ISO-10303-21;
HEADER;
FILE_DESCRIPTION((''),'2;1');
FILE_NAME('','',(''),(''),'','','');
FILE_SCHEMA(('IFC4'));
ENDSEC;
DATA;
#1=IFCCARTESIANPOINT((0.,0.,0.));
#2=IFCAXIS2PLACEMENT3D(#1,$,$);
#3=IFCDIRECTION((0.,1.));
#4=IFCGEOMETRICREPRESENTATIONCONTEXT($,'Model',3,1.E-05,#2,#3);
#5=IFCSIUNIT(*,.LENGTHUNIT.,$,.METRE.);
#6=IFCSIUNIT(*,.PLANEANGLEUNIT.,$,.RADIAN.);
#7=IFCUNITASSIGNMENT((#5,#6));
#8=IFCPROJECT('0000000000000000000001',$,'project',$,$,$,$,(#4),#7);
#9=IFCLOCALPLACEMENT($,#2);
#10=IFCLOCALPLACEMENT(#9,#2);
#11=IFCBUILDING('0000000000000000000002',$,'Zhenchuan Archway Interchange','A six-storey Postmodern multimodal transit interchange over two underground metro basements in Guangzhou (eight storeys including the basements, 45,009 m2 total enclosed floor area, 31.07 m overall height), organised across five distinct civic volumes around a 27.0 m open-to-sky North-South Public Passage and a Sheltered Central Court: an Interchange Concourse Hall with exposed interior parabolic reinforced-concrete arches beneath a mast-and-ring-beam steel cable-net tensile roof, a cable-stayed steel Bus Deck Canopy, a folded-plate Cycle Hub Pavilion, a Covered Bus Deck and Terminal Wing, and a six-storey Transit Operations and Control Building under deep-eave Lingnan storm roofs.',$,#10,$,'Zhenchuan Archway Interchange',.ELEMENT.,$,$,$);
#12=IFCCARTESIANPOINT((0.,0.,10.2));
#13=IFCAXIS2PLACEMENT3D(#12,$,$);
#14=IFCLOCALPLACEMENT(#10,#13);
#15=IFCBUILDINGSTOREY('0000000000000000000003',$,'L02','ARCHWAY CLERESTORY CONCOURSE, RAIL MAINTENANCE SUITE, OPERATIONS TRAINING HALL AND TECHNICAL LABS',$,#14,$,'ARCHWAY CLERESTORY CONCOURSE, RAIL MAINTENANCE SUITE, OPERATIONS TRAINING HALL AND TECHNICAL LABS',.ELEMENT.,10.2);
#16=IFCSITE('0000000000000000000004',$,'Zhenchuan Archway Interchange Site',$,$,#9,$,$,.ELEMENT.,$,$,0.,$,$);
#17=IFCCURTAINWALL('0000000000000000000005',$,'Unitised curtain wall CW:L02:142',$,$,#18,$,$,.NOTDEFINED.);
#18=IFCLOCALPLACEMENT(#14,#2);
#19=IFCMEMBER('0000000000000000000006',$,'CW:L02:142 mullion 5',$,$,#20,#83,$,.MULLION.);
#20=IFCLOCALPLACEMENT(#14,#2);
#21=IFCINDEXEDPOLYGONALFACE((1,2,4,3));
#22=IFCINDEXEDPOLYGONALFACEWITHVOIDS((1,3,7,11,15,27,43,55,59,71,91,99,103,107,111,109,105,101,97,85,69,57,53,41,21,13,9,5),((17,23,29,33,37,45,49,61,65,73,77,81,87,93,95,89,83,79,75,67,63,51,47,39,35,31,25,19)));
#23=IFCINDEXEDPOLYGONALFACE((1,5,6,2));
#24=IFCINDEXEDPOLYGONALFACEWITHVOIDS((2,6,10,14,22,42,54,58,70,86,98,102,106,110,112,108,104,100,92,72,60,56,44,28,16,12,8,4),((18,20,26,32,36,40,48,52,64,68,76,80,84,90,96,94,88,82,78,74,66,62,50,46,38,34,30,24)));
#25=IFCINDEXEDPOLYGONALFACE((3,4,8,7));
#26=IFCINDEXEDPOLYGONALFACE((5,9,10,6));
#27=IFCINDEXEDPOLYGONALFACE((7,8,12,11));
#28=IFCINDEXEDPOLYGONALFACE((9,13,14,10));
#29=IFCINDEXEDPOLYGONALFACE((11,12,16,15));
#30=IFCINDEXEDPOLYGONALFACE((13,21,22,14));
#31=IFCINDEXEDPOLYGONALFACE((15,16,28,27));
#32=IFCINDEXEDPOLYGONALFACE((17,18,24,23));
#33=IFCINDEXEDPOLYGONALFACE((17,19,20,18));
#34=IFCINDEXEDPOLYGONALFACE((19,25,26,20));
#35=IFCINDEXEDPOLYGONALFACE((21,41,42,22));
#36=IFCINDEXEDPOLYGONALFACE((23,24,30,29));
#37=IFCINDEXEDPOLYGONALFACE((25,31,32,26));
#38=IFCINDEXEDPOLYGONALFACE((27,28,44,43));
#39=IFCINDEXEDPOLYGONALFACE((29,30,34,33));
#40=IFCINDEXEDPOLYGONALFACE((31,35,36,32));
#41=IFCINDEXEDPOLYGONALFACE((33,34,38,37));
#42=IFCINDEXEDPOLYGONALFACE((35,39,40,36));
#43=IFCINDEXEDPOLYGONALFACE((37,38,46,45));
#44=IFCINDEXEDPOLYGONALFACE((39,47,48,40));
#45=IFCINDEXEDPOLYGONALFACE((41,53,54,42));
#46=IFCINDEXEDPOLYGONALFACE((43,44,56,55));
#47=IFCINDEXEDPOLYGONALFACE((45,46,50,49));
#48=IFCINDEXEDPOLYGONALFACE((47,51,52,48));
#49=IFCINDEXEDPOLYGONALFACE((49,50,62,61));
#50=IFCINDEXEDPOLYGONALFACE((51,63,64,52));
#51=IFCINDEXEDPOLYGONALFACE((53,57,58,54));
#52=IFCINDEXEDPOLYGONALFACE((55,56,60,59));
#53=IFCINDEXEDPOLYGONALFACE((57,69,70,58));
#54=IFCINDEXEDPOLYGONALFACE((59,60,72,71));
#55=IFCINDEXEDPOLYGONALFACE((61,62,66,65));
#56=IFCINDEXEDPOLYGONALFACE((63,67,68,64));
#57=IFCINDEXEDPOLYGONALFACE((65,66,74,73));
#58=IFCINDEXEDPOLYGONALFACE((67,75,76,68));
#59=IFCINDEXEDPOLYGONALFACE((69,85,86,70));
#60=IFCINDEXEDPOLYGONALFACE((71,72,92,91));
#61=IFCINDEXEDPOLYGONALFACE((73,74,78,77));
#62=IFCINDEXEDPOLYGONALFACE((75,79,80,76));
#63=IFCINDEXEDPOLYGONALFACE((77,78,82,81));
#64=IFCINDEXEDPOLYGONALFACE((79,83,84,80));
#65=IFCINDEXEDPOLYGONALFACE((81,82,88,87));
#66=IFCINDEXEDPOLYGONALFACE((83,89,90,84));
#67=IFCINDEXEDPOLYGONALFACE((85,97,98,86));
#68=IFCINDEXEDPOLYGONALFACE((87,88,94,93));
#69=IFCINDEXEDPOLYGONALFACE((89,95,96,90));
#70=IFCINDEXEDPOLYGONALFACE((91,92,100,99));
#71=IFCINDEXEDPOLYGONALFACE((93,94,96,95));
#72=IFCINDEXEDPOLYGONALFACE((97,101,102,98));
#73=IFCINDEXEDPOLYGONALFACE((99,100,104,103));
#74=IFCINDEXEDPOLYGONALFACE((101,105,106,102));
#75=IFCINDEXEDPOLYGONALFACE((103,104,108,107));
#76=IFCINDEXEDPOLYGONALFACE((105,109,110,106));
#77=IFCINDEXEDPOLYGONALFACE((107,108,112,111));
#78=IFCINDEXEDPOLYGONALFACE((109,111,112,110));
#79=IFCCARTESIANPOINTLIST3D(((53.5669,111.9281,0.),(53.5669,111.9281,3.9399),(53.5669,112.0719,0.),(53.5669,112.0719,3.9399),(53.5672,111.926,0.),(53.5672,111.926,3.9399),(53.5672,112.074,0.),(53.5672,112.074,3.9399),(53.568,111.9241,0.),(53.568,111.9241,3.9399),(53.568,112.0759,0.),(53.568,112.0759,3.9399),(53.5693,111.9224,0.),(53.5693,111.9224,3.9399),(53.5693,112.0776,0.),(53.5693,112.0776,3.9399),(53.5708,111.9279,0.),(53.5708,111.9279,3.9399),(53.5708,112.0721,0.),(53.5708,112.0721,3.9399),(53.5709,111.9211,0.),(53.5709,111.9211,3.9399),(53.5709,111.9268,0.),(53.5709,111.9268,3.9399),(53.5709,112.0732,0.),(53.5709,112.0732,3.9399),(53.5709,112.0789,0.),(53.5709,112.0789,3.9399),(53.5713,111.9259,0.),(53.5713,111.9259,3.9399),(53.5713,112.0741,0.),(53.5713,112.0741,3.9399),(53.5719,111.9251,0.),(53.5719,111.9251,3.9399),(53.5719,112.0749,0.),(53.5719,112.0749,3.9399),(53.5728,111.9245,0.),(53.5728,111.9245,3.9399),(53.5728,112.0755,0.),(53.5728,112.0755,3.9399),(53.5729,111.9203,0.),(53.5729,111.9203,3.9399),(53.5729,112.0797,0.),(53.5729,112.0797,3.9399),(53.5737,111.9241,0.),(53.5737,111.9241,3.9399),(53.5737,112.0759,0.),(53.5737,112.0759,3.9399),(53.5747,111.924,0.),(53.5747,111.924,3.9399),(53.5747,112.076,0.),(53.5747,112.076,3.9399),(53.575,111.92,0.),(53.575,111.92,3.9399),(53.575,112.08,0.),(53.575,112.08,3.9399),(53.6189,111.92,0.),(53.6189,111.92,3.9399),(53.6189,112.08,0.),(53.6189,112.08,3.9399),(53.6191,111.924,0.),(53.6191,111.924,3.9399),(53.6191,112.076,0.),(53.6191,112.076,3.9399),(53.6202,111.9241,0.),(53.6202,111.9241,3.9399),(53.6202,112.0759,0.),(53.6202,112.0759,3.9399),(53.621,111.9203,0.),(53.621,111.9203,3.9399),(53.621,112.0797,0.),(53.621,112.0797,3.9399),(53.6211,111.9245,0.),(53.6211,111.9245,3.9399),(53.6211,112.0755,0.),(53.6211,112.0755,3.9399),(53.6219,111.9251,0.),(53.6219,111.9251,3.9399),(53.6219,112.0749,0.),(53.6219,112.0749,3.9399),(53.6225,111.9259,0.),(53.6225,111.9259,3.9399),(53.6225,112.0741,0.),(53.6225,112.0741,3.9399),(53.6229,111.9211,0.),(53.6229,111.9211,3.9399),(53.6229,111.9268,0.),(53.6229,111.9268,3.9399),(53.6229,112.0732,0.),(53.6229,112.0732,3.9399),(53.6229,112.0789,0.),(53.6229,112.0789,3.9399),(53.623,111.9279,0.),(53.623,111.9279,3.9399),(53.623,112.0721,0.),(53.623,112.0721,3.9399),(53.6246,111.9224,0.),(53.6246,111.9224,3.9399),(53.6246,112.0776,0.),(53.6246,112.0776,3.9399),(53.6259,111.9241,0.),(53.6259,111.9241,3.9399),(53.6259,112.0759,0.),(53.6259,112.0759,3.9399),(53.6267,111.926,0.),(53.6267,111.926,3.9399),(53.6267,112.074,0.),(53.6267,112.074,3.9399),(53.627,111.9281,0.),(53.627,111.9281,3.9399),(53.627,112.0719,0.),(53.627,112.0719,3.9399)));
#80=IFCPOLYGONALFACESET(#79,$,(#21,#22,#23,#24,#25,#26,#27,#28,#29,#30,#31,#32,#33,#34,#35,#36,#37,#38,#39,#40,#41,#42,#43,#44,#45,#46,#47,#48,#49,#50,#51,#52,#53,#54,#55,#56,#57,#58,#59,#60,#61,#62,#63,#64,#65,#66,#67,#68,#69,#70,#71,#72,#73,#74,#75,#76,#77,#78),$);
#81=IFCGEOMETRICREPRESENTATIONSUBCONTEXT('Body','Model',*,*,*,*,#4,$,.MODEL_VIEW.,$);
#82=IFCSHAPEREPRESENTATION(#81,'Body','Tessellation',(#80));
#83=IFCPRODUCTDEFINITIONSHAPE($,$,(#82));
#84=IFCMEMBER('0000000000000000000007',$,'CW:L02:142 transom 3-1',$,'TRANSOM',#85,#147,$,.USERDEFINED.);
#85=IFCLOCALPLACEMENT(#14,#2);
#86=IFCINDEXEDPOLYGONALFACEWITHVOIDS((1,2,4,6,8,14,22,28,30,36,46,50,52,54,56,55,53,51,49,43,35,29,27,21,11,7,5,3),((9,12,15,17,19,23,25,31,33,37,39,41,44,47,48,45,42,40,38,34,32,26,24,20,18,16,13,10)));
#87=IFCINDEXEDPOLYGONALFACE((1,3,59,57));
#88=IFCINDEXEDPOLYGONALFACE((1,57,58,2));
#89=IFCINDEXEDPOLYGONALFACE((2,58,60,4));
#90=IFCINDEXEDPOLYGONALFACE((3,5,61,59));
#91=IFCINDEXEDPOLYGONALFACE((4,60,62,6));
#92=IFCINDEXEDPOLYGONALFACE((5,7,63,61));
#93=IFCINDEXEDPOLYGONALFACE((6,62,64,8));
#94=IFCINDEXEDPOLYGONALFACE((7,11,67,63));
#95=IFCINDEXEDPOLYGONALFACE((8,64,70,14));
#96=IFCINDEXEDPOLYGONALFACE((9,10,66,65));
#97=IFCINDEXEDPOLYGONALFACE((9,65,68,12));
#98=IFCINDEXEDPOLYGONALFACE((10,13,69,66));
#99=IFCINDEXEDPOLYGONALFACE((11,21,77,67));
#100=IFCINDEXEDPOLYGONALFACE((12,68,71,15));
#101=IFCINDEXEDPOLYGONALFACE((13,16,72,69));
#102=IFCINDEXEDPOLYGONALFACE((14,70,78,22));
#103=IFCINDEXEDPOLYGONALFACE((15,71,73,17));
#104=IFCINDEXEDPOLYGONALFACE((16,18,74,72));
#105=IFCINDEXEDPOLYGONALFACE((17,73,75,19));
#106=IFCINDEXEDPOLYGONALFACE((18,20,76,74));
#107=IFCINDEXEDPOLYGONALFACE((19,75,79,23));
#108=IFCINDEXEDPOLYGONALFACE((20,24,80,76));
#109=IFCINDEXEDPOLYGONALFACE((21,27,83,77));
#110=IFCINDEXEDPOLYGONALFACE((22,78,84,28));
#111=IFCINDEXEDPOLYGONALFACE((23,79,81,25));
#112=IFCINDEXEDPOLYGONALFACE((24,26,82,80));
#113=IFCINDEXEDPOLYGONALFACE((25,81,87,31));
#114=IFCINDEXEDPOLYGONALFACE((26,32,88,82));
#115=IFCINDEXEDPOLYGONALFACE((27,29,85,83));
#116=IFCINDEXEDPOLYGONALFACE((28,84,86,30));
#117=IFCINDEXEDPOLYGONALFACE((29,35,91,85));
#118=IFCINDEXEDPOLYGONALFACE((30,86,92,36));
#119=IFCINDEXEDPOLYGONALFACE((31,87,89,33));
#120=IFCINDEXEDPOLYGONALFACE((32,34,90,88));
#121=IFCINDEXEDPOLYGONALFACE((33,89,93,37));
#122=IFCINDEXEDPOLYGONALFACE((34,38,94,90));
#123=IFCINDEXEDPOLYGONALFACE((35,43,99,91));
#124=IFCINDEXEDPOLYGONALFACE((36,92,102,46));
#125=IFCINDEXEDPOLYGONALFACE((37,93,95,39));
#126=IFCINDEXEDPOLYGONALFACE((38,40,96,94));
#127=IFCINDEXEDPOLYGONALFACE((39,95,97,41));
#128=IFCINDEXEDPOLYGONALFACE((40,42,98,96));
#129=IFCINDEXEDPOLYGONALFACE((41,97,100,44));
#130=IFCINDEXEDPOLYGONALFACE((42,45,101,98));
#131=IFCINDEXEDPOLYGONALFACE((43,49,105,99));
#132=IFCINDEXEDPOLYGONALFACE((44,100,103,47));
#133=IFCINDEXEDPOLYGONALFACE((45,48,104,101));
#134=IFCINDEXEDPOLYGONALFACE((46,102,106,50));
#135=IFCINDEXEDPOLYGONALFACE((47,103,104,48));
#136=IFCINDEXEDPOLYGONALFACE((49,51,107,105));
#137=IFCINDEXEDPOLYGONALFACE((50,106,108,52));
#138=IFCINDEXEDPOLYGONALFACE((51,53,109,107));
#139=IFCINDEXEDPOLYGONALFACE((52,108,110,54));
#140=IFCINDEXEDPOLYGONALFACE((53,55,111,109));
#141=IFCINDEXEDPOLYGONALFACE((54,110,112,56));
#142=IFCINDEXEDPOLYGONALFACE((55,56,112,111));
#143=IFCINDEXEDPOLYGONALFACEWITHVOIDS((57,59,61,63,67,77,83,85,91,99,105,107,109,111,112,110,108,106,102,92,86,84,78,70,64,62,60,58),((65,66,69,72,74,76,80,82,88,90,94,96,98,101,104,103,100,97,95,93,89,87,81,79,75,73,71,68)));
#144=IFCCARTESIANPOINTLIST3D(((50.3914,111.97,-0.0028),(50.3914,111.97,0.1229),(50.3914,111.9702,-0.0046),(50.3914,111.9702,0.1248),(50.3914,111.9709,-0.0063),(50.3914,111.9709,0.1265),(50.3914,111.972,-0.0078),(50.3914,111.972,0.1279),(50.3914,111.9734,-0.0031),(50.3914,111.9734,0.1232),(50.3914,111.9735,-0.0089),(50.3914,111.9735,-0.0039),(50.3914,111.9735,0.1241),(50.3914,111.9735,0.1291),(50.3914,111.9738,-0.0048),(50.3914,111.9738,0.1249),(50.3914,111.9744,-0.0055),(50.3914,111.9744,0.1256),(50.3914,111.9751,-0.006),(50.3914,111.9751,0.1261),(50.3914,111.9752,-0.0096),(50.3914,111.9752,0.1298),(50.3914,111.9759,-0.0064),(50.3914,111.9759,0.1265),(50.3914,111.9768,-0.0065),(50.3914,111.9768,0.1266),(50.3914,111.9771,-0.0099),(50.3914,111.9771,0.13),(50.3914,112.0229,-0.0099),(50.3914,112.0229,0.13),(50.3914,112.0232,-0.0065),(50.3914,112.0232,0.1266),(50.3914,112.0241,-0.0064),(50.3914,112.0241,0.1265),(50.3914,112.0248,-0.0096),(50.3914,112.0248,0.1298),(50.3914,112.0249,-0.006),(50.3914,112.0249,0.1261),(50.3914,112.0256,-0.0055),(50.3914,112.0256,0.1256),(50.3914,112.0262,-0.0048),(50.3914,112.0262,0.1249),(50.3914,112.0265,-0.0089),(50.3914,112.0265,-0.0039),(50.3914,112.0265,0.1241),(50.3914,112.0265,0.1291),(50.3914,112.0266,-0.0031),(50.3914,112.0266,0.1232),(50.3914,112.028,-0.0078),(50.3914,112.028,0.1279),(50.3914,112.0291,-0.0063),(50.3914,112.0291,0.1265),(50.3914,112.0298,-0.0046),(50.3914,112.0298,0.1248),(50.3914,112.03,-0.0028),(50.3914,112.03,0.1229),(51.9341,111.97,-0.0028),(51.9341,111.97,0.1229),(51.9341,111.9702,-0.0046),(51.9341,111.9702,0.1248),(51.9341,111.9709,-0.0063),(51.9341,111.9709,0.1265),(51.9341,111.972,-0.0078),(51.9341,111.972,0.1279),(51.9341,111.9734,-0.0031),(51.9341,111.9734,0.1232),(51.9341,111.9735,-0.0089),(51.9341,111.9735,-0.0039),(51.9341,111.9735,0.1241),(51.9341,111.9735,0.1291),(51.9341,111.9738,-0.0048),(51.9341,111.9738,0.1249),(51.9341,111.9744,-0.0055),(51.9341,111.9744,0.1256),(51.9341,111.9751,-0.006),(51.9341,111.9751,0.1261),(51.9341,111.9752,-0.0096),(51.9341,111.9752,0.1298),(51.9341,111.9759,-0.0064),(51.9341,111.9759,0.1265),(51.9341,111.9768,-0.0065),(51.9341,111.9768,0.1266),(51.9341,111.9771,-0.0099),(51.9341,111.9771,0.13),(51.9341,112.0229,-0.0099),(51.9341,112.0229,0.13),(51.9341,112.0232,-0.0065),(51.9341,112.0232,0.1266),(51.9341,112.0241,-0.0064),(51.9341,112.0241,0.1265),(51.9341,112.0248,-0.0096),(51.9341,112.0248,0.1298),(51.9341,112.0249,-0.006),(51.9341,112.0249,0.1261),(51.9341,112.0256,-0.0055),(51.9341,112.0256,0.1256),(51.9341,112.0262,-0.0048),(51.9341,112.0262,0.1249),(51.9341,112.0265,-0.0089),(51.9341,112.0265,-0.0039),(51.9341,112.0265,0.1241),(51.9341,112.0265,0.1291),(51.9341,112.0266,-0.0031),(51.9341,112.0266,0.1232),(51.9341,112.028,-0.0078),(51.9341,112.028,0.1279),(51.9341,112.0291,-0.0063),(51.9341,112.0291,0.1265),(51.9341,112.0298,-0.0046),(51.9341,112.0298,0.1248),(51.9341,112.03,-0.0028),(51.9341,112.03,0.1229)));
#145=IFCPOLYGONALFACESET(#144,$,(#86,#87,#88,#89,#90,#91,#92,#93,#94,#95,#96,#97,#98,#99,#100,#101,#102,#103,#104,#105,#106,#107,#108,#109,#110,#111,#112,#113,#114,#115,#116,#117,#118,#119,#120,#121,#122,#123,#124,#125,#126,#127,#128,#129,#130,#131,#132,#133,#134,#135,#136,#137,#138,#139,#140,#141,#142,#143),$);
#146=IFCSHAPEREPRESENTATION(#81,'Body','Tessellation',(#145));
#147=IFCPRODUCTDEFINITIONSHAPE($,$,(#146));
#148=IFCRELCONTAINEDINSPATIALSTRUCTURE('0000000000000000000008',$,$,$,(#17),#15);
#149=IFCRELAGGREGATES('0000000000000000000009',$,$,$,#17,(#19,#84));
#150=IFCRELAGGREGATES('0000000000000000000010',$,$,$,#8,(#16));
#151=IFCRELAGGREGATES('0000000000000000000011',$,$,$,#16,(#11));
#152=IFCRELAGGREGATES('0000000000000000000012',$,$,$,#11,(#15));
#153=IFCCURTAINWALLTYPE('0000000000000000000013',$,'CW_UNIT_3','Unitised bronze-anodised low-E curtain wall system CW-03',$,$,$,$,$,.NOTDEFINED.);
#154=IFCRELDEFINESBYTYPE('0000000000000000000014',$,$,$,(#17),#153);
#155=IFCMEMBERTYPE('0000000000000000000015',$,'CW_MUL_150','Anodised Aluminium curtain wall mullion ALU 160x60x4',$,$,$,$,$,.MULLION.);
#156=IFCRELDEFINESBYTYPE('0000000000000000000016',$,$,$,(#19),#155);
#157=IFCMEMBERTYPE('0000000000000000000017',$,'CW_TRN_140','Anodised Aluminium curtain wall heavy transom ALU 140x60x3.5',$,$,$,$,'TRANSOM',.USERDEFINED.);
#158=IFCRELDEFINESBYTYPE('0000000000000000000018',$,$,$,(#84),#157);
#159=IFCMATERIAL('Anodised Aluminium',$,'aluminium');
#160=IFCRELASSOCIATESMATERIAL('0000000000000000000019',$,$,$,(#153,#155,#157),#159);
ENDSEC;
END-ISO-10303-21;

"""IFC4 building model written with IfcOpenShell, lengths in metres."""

from ifc_helpers import new_model, si_unit, direction, frame, origin, origin_2d, place, context, subcontext, project, spatial, hollow_rectangle, extrude, material, material_profile, profile_set, type_object, element, aggregate, save


model = new_model("IFC4")

# Units and contexts
model_context = context("Model", 3, precision=1e-05, world=origin(), true_north=direction((0.0, 1.0)))
body_context = subcontext(model_context, "Body", "Model", "MODEL_VIEW")
ifc_project = project(units=[si_unit("LENGTHUNIT", "METRE"), si_unit("PLANEANGLEUNIT", "RADIAN")], contexts=[model_context])

# Site, building, storey
site_placement = place(None, origin())
site = spatial("IfcSite", under=ifc_project, at=site_placement, Name="Zhenchuan Archway Interchange Site", CompositionType="ELEMENT", RefElevation=0.0)
building_placement = place(site_placement, origin())
building = spatial("IfcBuilding", under=site, at=building_placement, Name="Zhenchuan Archway Interchange", Description="A six-storey Postmodern multimodal transit interchange over two underground metro basements in Guangzhou (eight storeys including the basements, 45,009 m2 total enclosed floor area, 31.07 m overall height), organised across five distinct civic volumes around a 27.0 m open-to-sky North-South Public Passage and a Sheltered Central Court: an Interchange Concourse Hall with exposed interior parabolic reinforced-concrete arches beneath a mast-and-ring-beam steel cable-net tensile roof, a cable-stayed steel Bus Deck Canopy, a folded-plate Cycle Hub Pavilion, a Covered Bus Deck and Terminal Wing, and a six-storey Transit Operations and Control Building under deep-eave Lingnan storm roofs.", LongName="Zhenchuan Archway Interchange", CompositionType="ELEMENT")
storey_placement = place(building_placement, frame((0.0, 0.0, 10.2)))
storey = spatial("IfcBuildingStorey", under=building, at=storey_placement, Name="L02", Description="ARCHWAY CLERESTORY CONCOURSE, RAIL MAINTENANCE SUITE, OPERATIONS TRAINING HALL AND TECHNICAL LABS", LongName="ARCHWAY CLERESTORY CONCOURSE, RAIL MAINTENANCE SUITE, OPERATIONS TRAINING HALL AND TECHNICAL LABS", CompositionType="ELEMENT", Elevation=10.2)

# Curtain wall, members
ifc_material_1 = material(Name="Anodised Aluminium", Category="aluminium")
curtain_wall_type = type_object("IfcCurtainWallType", Name="CW_UNIT_3", Description="Unitised bronze-anodised low-E curtain wall system CW-03", PredefinedType="NOTDEFINED", material=ifc_material_1)
curtain_wall_placement = place(storey_placement, origin())
curtain_wall = element("IfcCurtainWall", 1, at=curtain_wall_placement, inside=storey, type_object=curtain_wall_type, Name="Unitised curtain wall CW:L02:142", PredefinedType="NOTDEFINED")
ifc_material_profile_1 = material_profile(ifc_material_1, hollow_rectangle(XDim=0.0601, YDim=0.1599, WallThickness=0.0039, InnerFilletRadius=0.0039, OuterFilletRadius=0.0081, at=origin_2d()), Name="ALU 160x60x4")
ifc_profile_set_1 = profile_set([ifc_material_profile_1], Name="Anodised Aluminium")
member_type_1 = type_object("IfcMemberType", Name="CW_MUL_150", Description="Anodised Aluminium curtain wall mullion ALU 160x60x4", PredefinedType="MULLION", material=ifc_profile_set_1)
member_1_placement = place(storey_placement, frame((53.5969, 112.0, 0.0), z_axis=(0.0, 0.0, 1.0), x_axis=(1.0, 0.0, 0.0)))
member_1 = element("IfcMember", 2, at=member_1_placement, type_object=member_type_1, Name="CW:L02:142 mullion 5", PredefinedType="MULLION", context=body_context, shape_type="SweptSolid", body=[
    extrude(hollow_rectangle(XDim=0.0601, YDim=0.1599, WallThickness=0.0039, InnerFilletRadius=0.0039, OuterFilletRadius=0.0081, at=origin_2d()), origin(), (0.0, 0.0, 1.0), 3.9399),
])
ifc_material_profile_2 = material_profile(ifc_material_1, hollow_rectangle(XDim=0.0601, YDim=0.1399, WallThickness=0.0034, InnerFilletRadius=0.0034, OuterFilletRadius=0.0071, at=origin_2d()), Name="ALU 140x60x3.5")
ifc_profile_set_2 = profile_set([ifc_material_profile_2], Name="Anodised Aluminium")
member_type_2 = type_object("IfcMemberType", Name="CW_TRN_140", Description="Anodised Aluminium curtain wall heavy transom ALU 140x60x3.5", ElementType="TRANSOM", PredefinedType="USERDEFINED", material=ifc_profile_set_2)
member_2_placement = place(storey_placement, frame((50.3914, 112.0, 0.0601), z_axis=(1.0, 0.0, 0.0), x_axis=(0.0, 1.0, 0.0)))
member_2 = element("IfcMember", 3, at=member_2_placement, type_object=member_type_2, Name="CW:L02:142 transom 3-1", ObjectType="TRANSOM", PredefinedType="USERDEFINED", context=body_context, shape_type="SweptSolid", body=[
    extrude(hollow_rectangle(XDim=0.0601, YDim=0.1399, WallThickness=0.0034, InnerFilletRadius=0.0034, OuterFilletRadius=0.0071, at=origin_2d()), origin(), (0.0, 0.0, 1.0), 1.5427),
])

aggregate(curtain_wall, [member_1, member_2])

save(model, "model.ifc")
